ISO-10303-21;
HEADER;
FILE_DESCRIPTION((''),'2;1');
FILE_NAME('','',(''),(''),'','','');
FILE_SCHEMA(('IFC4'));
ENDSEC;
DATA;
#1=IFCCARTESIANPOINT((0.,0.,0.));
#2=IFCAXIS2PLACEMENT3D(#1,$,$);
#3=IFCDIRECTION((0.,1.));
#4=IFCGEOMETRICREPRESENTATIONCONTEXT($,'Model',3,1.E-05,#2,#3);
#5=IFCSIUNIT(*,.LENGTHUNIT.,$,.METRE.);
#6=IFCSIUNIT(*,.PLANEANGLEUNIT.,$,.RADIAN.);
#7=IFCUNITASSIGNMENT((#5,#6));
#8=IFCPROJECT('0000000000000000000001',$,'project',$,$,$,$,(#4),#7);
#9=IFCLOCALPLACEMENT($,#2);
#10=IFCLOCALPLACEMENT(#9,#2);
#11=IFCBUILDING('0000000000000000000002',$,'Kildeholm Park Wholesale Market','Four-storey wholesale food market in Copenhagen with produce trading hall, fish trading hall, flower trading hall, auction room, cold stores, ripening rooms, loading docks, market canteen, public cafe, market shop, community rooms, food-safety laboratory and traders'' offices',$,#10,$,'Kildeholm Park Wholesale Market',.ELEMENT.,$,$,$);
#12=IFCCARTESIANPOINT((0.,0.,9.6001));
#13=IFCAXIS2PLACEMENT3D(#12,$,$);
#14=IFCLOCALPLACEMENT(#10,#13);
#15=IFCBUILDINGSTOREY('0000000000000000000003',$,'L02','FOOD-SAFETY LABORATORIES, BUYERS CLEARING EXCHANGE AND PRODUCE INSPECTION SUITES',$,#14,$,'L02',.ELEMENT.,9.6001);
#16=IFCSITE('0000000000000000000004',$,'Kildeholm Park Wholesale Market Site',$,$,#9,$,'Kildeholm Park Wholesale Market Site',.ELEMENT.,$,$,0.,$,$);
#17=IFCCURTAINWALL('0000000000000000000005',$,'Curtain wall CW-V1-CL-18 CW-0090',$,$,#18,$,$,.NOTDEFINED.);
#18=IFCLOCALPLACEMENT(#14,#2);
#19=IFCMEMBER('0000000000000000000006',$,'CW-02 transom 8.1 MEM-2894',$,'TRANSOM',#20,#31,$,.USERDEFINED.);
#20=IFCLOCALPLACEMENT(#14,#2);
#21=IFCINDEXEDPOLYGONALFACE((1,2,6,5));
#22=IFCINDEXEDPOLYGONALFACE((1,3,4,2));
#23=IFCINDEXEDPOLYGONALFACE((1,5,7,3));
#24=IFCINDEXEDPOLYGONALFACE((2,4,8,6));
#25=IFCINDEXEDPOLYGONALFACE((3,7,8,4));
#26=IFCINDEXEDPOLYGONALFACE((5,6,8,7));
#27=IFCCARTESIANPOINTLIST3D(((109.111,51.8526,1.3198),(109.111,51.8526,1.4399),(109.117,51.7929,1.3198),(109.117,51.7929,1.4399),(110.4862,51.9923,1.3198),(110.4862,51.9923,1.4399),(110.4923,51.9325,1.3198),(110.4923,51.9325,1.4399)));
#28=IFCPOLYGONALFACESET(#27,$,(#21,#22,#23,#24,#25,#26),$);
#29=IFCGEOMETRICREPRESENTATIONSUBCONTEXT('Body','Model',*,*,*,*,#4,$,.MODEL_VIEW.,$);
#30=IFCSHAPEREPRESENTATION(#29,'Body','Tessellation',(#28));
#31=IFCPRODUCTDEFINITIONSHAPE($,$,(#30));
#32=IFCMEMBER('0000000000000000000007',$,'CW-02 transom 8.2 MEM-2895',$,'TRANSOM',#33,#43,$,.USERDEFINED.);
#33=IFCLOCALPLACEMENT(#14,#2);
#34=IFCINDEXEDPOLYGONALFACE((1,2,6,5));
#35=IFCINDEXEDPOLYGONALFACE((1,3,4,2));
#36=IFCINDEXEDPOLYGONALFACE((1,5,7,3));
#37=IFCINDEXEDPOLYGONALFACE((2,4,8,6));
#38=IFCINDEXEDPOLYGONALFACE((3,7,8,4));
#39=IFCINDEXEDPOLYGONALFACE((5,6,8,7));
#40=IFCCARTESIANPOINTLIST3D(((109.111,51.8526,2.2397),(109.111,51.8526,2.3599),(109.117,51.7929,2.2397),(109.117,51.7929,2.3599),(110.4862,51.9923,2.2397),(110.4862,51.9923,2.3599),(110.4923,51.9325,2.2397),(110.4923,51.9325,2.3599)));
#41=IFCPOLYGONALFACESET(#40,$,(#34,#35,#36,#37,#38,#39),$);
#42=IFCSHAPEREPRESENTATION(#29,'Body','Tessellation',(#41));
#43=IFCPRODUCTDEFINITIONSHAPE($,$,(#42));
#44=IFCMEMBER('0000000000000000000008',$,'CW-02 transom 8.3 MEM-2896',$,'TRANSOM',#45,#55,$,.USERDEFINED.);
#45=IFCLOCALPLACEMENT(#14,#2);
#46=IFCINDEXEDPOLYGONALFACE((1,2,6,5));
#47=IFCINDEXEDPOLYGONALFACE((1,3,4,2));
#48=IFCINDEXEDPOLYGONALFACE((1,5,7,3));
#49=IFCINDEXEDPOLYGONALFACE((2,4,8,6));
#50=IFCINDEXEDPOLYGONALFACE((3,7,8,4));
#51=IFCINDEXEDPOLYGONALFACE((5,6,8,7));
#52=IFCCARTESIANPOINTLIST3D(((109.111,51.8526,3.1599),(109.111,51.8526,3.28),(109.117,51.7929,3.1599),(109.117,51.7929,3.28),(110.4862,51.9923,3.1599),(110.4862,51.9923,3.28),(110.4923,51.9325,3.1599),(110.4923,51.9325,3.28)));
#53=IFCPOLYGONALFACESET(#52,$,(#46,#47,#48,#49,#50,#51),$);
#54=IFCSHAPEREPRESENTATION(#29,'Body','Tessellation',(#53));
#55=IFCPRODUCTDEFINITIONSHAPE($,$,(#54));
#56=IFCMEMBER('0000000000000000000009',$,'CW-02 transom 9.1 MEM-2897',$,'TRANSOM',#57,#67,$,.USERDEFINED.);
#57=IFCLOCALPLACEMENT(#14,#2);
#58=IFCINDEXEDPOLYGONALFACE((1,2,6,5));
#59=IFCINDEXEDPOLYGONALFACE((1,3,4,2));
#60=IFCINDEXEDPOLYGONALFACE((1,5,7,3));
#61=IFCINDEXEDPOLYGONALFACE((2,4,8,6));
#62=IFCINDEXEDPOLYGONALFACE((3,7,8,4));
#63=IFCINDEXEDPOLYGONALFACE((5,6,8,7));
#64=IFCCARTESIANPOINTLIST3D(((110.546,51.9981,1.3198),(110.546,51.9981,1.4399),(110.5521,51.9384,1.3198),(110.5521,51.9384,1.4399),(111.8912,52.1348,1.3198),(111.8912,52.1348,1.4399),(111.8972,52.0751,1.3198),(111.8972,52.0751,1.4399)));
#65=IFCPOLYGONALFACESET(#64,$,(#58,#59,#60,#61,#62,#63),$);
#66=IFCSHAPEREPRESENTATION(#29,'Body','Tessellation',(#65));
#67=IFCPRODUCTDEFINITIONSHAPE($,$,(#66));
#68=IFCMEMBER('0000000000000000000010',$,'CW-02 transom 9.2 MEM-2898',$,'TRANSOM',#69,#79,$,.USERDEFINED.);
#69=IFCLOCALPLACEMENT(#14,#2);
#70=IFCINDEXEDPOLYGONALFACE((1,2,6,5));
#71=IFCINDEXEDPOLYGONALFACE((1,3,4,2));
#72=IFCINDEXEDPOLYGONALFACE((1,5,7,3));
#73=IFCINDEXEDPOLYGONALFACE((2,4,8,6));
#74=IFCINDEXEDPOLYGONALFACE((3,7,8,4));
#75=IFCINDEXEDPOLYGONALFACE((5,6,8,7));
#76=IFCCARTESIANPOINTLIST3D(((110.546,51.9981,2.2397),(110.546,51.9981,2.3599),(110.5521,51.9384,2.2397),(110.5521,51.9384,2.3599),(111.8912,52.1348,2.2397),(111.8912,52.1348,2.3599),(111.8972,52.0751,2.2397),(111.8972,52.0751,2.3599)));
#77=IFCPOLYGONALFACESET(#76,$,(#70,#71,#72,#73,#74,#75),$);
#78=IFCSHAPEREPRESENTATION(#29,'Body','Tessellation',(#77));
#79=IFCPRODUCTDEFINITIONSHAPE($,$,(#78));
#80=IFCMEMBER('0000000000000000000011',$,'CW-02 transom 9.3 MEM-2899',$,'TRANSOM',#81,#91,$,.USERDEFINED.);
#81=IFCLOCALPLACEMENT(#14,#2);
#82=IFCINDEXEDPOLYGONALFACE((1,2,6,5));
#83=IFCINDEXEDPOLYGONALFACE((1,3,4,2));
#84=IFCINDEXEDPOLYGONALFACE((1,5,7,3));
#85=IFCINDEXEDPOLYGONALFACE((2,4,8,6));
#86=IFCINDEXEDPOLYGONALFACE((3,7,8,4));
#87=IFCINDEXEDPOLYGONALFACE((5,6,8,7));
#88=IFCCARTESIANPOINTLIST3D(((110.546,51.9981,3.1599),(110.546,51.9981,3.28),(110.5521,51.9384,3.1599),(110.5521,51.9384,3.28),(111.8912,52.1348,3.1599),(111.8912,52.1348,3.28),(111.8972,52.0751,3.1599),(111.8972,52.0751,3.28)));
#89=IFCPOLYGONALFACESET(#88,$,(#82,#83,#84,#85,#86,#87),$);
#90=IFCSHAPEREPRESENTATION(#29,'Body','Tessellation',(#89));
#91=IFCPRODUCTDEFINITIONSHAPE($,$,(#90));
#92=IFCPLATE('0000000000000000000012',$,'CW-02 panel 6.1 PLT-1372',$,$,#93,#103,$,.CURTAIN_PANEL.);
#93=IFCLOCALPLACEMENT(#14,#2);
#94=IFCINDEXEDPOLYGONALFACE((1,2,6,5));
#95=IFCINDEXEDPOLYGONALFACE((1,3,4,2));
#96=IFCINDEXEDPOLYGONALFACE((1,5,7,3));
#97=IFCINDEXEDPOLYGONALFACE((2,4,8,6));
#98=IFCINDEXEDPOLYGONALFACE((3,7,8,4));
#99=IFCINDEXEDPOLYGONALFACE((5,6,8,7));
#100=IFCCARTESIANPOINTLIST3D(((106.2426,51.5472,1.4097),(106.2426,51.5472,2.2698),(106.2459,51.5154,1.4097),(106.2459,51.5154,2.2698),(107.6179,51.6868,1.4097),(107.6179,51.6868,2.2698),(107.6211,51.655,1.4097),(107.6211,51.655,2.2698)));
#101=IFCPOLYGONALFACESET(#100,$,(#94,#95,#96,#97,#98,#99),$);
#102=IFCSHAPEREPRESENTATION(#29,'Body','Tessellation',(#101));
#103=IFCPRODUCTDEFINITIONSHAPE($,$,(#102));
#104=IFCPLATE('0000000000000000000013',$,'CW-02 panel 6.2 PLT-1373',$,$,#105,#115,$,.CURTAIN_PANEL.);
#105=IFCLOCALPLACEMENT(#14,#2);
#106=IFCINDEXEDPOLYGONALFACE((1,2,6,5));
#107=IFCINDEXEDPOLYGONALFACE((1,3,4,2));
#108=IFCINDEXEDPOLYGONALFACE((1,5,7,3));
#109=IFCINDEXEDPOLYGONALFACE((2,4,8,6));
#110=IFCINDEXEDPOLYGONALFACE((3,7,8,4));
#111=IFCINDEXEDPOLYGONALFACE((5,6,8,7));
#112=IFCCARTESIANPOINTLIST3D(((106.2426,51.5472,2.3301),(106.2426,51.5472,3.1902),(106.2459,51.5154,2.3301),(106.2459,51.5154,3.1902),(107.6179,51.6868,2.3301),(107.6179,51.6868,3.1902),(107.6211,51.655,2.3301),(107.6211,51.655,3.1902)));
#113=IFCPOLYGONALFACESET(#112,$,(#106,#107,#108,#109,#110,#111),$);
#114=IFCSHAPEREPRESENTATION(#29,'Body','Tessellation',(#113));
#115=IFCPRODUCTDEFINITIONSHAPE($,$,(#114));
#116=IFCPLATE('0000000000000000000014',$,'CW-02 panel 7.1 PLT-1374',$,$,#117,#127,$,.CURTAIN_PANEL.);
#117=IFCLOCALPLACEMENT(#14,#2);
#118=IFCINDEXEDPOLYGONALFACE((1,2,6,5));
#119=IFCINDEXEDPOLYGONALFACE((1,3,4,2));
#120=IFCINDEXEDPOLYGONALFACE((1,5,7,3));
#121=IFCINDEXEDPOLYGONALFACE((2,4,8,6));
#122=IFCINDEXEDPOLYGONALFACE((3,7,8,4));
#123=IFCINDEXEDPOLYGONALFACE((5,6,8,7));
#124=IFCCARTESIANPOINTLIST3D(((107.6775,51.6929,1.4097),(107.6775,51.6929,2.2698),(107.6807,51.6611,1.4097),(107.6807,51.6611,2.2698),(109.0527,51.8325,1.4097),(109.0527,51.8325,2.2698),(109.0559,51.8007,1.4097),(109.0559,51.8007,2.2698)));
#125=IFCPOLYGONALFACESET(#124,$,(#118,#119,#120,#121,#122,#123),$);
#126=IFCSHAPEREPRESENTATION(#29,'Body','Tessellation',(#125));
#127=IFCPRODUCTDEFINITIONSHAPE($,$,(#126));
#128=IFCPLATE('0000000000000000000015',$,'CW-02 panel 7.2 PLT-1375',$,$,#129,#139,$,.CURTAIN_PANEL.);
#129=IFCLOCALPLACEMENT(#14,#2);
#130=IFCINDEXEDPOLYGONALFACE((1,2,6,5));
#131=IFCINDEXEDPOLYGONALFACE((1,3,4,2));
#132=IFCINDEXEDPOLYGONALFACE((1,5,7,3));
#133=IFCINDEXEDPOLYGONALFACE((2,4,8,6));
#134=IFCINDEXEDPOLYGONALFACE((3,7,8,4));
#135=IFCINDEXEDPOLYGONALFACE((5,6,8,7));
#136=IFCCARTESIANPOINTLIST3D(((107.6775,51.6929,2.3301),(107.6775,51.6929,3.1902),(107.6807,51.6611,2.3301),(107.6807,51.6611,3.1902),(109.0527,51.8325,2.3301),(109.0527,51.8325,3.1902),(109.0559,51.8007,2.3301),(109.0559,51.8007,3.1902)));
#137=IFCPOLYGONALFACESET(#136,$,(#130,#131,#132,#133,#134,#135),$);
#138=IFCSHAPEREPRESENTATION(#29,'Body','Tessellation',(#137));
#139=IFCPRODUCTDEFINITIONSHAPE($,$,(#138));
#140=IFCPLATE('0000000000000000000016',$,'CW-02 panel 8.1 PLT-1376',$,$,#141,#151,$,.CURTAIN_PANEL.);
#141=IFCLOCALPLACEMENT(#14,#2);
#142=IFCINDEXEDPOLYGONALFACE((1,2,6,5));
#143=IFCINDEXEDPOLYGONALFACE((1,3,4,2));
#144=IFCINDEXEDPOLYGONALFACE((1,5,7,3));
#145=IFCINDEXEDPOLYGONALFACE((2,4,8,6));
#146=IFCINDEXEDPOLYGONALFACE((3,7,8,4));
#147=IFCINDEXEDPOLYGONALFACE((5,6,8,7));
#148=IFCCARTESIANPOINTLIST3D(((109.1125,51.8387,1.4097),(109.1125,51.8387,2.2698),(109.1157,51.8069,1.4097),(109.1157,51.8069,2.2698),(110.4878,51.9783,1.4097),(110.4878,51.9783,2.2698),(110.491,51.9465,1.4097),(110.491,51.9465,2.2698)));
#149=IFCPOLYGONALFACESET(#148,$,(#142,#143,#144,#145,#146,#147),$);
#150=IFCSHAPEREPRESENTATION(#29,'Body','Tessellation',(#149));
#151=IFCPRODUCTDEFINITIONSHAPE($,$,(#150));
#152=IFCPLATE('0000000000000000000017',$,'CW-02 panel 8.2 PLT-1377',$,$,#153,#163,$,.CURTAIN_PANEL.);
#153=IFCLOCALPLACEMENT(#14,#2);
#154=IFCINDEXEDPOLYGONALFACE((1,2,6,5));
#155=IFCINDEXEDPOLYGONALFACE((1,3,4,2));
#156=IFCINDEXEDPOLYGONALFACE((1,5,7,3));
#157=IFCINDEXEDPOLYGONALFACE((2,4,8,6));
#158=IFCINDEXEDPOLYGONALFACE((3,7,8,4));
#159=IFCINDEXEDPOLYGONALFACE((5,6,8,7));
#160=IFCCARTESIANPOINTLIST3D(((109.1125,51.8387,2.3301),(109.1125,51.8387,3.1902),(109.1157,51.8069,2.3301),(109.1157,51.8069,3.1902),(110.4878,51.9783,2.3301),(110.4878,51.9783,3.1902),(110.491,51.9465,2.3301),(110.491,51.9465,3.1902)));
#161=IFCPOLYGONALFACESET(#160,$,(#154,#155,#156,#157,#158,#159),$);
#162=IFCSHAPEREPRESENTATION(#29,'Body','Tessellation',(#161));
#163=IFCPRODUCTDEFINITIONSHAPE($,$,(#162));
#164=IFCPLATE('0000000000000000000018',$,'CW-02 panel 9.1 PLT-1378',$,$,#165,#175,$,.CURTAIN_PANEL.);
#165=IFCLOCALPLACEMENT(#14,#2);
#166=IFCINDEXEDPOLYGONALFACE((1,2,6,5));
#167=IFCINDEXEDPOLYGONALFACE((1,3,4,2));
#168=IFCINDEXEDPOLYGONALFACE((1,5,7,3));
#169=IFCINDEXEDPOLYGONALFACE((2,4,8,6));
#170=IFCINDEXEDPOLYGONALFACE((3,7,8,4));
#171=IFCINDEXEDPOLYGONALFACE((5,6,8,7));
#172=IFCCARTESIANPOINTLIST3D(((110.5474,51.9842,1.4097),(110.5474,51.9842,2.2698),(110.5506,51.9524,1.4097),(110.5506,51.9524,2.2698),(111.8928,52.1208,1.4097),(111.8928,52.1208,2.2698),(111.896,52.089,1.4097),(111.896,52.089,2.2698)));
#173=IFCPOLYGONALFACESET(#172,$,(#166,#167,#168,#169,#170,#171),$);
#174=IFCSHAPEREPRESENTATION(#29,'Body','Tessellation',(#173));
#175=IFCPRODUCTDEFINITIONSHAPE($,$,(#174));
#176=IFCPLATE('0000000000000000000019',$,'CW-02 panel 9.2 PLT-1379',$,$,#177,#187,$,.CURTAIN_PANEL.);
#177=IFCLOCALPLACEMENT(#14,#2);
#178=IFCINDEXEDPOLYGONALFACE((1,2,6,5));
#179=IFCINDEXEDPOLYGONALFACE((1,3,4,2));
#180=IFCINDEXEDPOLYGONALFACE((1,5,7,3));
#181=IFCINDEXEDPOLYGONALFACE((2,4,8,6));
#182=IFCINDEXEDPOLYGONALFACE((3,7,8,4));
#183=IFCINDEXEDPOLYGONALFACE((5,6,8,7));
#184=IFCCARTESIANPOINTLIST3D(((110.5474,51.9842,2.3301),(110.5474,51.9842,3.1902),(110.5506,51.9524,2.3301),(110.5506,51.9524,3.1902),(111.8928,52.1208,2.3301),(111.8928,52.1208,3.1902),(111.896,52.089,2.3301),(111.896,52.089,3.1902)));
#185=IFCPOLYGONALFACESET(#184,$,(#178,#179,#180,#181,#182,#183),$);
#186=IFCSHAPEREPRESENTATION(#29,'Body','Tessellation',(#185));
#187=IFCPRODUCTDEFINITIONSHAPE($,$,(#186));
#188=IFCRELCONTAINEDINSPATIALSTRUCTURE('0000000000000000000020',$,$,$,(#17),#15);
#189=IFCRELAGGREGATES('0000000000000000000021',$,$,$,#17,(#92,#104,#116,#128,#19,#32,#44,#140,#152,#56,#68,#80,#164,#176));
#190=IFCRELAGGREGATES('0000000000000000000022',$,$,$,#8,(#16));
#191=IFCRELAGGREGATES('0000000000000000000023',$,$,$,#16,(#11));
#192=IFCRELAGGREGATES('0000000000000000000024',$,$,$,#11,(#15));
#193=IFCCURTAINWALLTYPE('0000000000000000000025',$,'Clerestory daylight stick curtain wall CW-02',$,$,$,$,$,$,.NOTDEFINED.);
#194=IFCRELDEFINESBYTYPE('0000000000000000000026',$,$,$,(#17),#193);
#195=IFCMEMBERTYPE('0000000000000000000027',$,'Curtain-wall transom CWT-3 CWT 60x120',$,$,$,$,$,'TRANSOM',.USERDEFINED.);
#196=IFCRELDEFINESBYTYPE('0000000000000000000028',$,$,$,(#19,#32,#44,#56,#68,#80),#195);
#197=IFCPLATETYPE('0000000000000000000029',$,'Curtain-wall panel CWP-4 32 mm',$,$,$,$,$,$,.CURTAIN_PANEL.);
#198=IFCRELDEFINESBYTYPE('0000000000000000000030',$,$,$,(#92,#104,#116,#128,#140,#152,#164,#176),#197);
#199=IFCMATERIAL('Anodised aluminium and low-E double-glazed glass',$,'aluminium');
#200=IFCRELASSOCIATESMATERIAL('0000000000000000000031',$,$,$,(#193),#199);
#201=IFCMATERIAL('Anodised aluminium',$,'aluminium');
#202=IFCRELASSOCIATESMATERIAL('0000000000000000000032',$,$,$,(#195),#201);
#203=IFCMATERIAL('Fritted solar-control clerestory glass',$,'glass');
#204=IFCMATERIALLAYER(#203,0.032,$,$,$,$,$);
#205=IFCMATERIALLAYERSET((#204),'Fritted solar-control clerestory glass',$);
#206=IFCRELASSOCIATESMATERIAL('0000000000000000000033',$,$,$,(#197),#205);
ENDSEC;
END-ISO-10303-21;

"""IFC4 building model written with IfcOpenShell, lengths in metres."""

from ifc_helpers import new_model, si_unit, direction, frame, origin, origin_2d, place, context, subcontext, project, spatial, rectangle, extrude, material, layer, layer_set, material_profile, profile_set, type_object, element, aggregate, save


model = new_model("IFC4")

# Units and contexts
model_context = context("Model", 3, precision=1e-05, world=origin(), true_north=direction((0.0, 1.0)))
body_context = subcontext(model_context, "Body", "Model", "MODEL_VIEW")
ifc_project = project(units=[si_unit("LENGTHUNIT", "METRE"), si_unit("PLANEANGLEUNIT", "RADIAN")], contexts=[model_context])

# Site, building, storey
site_placement = place(None, origin())
site = spatial("IfcSite", under=ifc_project, at=site_placement, Name="Kildeholm Park Wholesale Market Site", LongName="Kildeholm Park Wholesale Market Site", CompositionType="ELEMENT", RefElevation=0.0)
building_placement = place(site_placement, origin())
building = spatial("IfcBuilding", under=site, at=building_placement, Name="Kildeholm Park Wholesale Market", Description="Four-storey wholesale food market in Copenhagen with produce trading hall, fish trading hall, flower trading hall, auction room, cold stores, ripening rooms, loading docks, market canteen, public cafe, market shop, community rooms, food-safety laboratory and traders' offices", LongName="Kildeholm Park Wholesale Market", CompositionType="ELEMENT")
storey_placement = place(building_placement, frame((0.0, 0.0, 9.6001)))
storey = spatial("IfcBuildingStorey", under=building, at=storey_placement, Name="L02", Description="FOOD-SAFETY LABORATORIES, BUYERS CLEARING EXCHANGE AND PRODUCE INSPECTION SUITES", LongName="L02", CompositionType="ELEMENT", Elevation=9.6001)

# Curtain wall, members, plates
ifc_material_1 = material(Name="Anodised aluminium and low-E double-glazed glass", Category="aluminium")
curtain_wall_type = type_object("IfcCurtainWallType", Name="Clerestory daylight stick curtain wall CW-02", PredefinedType="NOTDEFINED", material=ifc_material_1)
curtain_wall_placement = place(storey_placement, origin())
curtain_wall = element("IfcCurtainWall", 1, at=curtain_wall_placement, inside=storey, type_object=curtain_wall_type, Name="Curtain wall CW-V1-CL-18 CW-0090", PredefinedType="NOTDEFINED")
ifc_material_2 = material(Name="Anodised aluminium", Category="aluminium")
ifc_material_profile_1 = material_profile(ifc_material_2, rectangle(XDim=0.0601, YDim=0.1201, at=origin_2d()), Name="CWT 60x120")
ifc_profile_set_1 = profile_set([ifc_material_profile_1], Name="Anodised aluminium")
member_type_1 = type_object("IfcMemberType", Name="Curtain-wall transom CWT-3 CWT 60x120", ElementType="TRANSOM", PredefinedType="USERDEFINED", material=ifc_profile_set_1)
member_1_placement = place(storey_placement, frame((109.114, 51.8228, 1.3799), z_axis=(0.994884, 0.101025, 0.0), x_axis=(-0.101025, 0.994884, 0.0)))
member_1 = element("IfcMember", 2, at=member_1_placement, type_object=member_type_1, Name="CW-02 transom 8.1 MEM-2894", ObjectType="TRANSOM", PredefinedType="USERDEFINED", context=body_context, shape_type="SweptSolid", body=[
    extrude(rectangle(XDim=0.0601, YDim=0.1201, at=origin_2d()), origin(), (0.0, 0.0, 1.0), 1.3823),
])
member_2_placement = place(storey_placement, frame((109.114, 51.8228, 2.2998), z_axis=(0.994884, 0.101025, 0.0), x_axis=(-0.101025, 0.994884, 0.0)))
member_2 = element("IfcMember", 3, at=member_2_placement, type_object=member_type_1, Name="CW-02 transom 8.2 MEM-2895", ObjectType="TRANSOM", PredefinedType="USERDEFINED", context=body_context, shape_type="SweptSolid", body=[
    extrude(rectangle(XDim=0.0601, YDim=0.1201, at=origin_2d()), origin(), (0.0, 0.0, 1.0), 1.3823),
])
member_3_placement = place(storey_placement, frame((109.114, 51.8228, 3.22), z_axis=(0.994884, 0.101025, 0.0), x_axis=(-0.101025, 0.994884, 0.0)))
member_3 = element("IfcMember", 4, at=member_3_placement, type_object=member_type_1, Name="CW-02 transom 8.3 MEM-2896", ObjectType="TRANSOM", PredefinedType="USERDEFINED", context=body_context, shape_type="SweptSolid", body=[
    extrude(rectangle(XDim=0.0601, YDim=0.1201, at=origin_2d()), origin(), (0.0, 0.0, 1.0), 1.3823),
])
member_4_placement = place(storey_placement, frame((110.5491, 51.9683, 1.3799), z_axis=(0.994875, 0.101113, 0.0), x_axis=(-0.101113, 0.994875, 0.0)))
member_4 = element("IfcMember", 5, at=member_4_placement, type_object=member_type_1, Name="CW-02 transom 9.1 MEM-2897", ObjectType="TRANSOM", PredefinedType="USERDEFINED", context=body_context, shape_type="SweptSolid", body=[
    extrude(rectangle(XDim=0.0601, YDim=0.1201, at=origin_2d()), origin(), (0.0, 0.0, 1.0), 1.3521),
])
member_5_placement = place(storey_placement, frame((110.5491, 51.9683, 2.2998), z_axis=(0.994875, 0.101113, 0.0), x_axis=(-0.101113, 0.994875, 0.0)))
member_5 = element("IfcMember", 6, at=member_5_placement, type_object=member_type_1, Name="CW-02 transom 9.2 MEM-2898", ObjectType="TRANSOM", PredefinedType="USERDEFINED", context=body_context, shape_type="SweptSolid", body=[
    extrude(rectangle(XDim=0.0601, YDim=0.1201, at=origin_2d()), origin(), (0.0, 0.0, 1.0), 1.3521),
])
member_6_placement = place(storey_placement, frame((110.5491, 51.9683, 3.22), z_axis=(0.994875, 0.101113, 0.0), x_axis=(-0.101113, 0.994875, 0.0)))
member_6 = element("IfcMember", 7, at=member_6_placement, type_object=member_type_1, Name="CW-02 transom 9.3 MEM-2899", ObjectType="TRANSOM", PredefinedType="USERDEFINED", context=body_context, shape_type="SweptSolid", body=[
    extrude(rectangle(XDim=0.0601, YDim=0.1201, at=origin_2d()), origin(), (0.0, 0.0, 1.0), 1.3521),
])
ifc_material_3 = material(Name="Fritted solar-control clerestory glass", Category="glass")
ifc_layer = layer(ifc_material_3, 0.032)
ifc_layer_set = layer_set([ifc_layer], Name="Fritted solar-control clerestory glass")
plate_type = type_object("IfcPlateType", Name="Curtain-wall panel CWP-4 32 mm", PredefinedType="CURTAIN_PANEL", material=ifc_layer_set)
plate_1_placement = place(storey_placement, frame((106.9319, 51.6011, 1.4097), z_axis=(0.0, 0.0, 1.0), x_axis=(0.994887, 0.100999, 0.0)))
plate_1 = element("IfcPlate", 8, at=plate_1_placement, type_object=plate_type, Name="CW-02 panel 6.1 PLT-1372", PredefinedType="CURTAIN_PANEL", context=body_context, shape_type="SweptSolid", body=[
    extrude(rectangle(XDim=1.3823, YDim=0.032, at=origin_2d()), origin(), (0.0, 0.0, 1.0), 0.8601),
])
plate_2_placement = place(storey_placement, frame((106.9319, 51.6011, 2.3301), z_axis=(0.0, 0.0, 1.0), x_axis=(0.994887, 0.100999, 0.0)))
plate_2 = element("IfcPlate", 9, at=plate_2_placement, type_object=plate_type, Name="CW-02 panel 6.2 PLT-1373", PredefinedType="CURTAIN_PANEL", context=body_context, shape_type="SweptSolid", body=[
    extrude(rectangle(XDim=1.3823, YDim=0.032, at=origin_2d()), origin(), (0.0, 0.0, 1.0), 0.8601),
])
plate_3_placement = place(storey_placement, frame((108.3667, 51.7468, 1.4097), z_axis=(0.0, 0.0, 1.0), x_axis=(0.994887, 0.100999, 0.0)))
plate_3 = element("IfcPlate", 10, at=plate_3_placement, type_object=plate_type, Name="CW-02 panel 7.1 PLT-1374", PredefinedType="CURTAIN_PANEL", context=body_context, shape_type="SweptSolid", body=[
    extrude(rectangle(XDim=1.3823, YDim=0.032, at=origin_2d()), origin(), (0.0, 0.0, 1.0), 0.8601),
])
plate_4_placement = place(storey_placement, frame((108.3667, 51.7468, 2.3301), z_axis=(0.0, 0.0, 1.0), x_axis=(0.994887, 0.100999, 0.0)))
plate_4 = element("IfcPlate", 11, at=plate_4_placement, type_object=plate_type, Name="CW-02 panel 7.2 PLT-1375", PredefinedType="CURTAIN_PANEL", context=body_context, shape_type="SweptSolid", body=[
    extrude(rectangle(XDim=1.3823, YDim=0.032, at=origin_2d()), origin(), (0.0, 0.0, 1.0), 0.8601),
])
plate_5_placement = place(storey_placement, frame((109.8018, 51.8926, 1.4097), z_axis=(0.0, 0.0, 1.0), x_axis=(0.994887, 0.100999, 0.0)))
plate_5 = element("IfcPlate", 12, at=plate_5_placement, type_object=plate_type, Name="CW-02 panel 8.1 PLT-1376", PredefinedType="CURTAIN_PANEL", context=body_context, shape_type="SweptSolid", body=[
    extrude(rectangle(XDim=1.3823, YDim=0.032, at=origin_2d()), origin(), (0.0, 0.0, 1.0), 0.8601),
])
plate_6_placement = place(storey_placement, frame((109.8018, 51.8926, 2.3301), z_axis=(0.0, 0.0, 1.0), x_axis=(0.994887, 0.100999, 0.0)))
plate_6 = element("IfcPlate", 13, at=plate_6_placement, type_object=plate_type, Name="CW-02 panel 8.2 PLT-1377", PredefinedType="CURTAIN_PANEL", context=body_context, shape_type="SweptSolid", body=[
    extrude(rectangle(XDim=1.3823, YDim=0.032, at=origin_2d()), origin(), (0.0, 0.0, 1.0), 0.8601),
])
plate_7_placement = place(storey_placement, frame((111.2217, 52.0366, 1.4097), z_axis=(0.0, 0.0, 1.0), x_axis=(0.994887, 0.100999, 0.0)))
plate_7 = element("IfcPlate", 14, at=plate_7_placement, type_object=plate_type, Name="CW-02 panel 9.1 PLT-1378", PredefinedType="CURTAIN_PANEL", context=body_context, shape_type="SweptSolid", body=[
    extrude(rectangle(XDim=1.3523, YDim=0.032, at=origin_2d()), origin(), (0.0, 0.0, 1.0), 0.8601),
])
plate_8_placement = place(storey_placement, frame((111.2217, 52.0366, 2.3301), z_axis=(0.0, 0.0, 1.0), x_axis=(0.994887, 0.100999, 0.0)))
plate_8 = element("IfcPlate", 15, at=plate_8_placement, type_object=plate_type, Name="CW-02 panel 9.2 PLT-1379", PredefinedType="CURTAIN_PANEL", context=body_context, shape_type="SweptSolid", body=[
    extrude(rectangle(XDim=1.3523, YDim=0.032, at=origin_2d()), origin(), (0.0, 0.0, 1.0), 0.8601),
])
aggregate(curtain_wall, [plate_1, plate_2, plate_3, plate_4, member_1, member_2, member_3, plate_5, plate_6, member_4, member_5, member_6, plate_7, plate_8])

save(model, "model.ifc")
